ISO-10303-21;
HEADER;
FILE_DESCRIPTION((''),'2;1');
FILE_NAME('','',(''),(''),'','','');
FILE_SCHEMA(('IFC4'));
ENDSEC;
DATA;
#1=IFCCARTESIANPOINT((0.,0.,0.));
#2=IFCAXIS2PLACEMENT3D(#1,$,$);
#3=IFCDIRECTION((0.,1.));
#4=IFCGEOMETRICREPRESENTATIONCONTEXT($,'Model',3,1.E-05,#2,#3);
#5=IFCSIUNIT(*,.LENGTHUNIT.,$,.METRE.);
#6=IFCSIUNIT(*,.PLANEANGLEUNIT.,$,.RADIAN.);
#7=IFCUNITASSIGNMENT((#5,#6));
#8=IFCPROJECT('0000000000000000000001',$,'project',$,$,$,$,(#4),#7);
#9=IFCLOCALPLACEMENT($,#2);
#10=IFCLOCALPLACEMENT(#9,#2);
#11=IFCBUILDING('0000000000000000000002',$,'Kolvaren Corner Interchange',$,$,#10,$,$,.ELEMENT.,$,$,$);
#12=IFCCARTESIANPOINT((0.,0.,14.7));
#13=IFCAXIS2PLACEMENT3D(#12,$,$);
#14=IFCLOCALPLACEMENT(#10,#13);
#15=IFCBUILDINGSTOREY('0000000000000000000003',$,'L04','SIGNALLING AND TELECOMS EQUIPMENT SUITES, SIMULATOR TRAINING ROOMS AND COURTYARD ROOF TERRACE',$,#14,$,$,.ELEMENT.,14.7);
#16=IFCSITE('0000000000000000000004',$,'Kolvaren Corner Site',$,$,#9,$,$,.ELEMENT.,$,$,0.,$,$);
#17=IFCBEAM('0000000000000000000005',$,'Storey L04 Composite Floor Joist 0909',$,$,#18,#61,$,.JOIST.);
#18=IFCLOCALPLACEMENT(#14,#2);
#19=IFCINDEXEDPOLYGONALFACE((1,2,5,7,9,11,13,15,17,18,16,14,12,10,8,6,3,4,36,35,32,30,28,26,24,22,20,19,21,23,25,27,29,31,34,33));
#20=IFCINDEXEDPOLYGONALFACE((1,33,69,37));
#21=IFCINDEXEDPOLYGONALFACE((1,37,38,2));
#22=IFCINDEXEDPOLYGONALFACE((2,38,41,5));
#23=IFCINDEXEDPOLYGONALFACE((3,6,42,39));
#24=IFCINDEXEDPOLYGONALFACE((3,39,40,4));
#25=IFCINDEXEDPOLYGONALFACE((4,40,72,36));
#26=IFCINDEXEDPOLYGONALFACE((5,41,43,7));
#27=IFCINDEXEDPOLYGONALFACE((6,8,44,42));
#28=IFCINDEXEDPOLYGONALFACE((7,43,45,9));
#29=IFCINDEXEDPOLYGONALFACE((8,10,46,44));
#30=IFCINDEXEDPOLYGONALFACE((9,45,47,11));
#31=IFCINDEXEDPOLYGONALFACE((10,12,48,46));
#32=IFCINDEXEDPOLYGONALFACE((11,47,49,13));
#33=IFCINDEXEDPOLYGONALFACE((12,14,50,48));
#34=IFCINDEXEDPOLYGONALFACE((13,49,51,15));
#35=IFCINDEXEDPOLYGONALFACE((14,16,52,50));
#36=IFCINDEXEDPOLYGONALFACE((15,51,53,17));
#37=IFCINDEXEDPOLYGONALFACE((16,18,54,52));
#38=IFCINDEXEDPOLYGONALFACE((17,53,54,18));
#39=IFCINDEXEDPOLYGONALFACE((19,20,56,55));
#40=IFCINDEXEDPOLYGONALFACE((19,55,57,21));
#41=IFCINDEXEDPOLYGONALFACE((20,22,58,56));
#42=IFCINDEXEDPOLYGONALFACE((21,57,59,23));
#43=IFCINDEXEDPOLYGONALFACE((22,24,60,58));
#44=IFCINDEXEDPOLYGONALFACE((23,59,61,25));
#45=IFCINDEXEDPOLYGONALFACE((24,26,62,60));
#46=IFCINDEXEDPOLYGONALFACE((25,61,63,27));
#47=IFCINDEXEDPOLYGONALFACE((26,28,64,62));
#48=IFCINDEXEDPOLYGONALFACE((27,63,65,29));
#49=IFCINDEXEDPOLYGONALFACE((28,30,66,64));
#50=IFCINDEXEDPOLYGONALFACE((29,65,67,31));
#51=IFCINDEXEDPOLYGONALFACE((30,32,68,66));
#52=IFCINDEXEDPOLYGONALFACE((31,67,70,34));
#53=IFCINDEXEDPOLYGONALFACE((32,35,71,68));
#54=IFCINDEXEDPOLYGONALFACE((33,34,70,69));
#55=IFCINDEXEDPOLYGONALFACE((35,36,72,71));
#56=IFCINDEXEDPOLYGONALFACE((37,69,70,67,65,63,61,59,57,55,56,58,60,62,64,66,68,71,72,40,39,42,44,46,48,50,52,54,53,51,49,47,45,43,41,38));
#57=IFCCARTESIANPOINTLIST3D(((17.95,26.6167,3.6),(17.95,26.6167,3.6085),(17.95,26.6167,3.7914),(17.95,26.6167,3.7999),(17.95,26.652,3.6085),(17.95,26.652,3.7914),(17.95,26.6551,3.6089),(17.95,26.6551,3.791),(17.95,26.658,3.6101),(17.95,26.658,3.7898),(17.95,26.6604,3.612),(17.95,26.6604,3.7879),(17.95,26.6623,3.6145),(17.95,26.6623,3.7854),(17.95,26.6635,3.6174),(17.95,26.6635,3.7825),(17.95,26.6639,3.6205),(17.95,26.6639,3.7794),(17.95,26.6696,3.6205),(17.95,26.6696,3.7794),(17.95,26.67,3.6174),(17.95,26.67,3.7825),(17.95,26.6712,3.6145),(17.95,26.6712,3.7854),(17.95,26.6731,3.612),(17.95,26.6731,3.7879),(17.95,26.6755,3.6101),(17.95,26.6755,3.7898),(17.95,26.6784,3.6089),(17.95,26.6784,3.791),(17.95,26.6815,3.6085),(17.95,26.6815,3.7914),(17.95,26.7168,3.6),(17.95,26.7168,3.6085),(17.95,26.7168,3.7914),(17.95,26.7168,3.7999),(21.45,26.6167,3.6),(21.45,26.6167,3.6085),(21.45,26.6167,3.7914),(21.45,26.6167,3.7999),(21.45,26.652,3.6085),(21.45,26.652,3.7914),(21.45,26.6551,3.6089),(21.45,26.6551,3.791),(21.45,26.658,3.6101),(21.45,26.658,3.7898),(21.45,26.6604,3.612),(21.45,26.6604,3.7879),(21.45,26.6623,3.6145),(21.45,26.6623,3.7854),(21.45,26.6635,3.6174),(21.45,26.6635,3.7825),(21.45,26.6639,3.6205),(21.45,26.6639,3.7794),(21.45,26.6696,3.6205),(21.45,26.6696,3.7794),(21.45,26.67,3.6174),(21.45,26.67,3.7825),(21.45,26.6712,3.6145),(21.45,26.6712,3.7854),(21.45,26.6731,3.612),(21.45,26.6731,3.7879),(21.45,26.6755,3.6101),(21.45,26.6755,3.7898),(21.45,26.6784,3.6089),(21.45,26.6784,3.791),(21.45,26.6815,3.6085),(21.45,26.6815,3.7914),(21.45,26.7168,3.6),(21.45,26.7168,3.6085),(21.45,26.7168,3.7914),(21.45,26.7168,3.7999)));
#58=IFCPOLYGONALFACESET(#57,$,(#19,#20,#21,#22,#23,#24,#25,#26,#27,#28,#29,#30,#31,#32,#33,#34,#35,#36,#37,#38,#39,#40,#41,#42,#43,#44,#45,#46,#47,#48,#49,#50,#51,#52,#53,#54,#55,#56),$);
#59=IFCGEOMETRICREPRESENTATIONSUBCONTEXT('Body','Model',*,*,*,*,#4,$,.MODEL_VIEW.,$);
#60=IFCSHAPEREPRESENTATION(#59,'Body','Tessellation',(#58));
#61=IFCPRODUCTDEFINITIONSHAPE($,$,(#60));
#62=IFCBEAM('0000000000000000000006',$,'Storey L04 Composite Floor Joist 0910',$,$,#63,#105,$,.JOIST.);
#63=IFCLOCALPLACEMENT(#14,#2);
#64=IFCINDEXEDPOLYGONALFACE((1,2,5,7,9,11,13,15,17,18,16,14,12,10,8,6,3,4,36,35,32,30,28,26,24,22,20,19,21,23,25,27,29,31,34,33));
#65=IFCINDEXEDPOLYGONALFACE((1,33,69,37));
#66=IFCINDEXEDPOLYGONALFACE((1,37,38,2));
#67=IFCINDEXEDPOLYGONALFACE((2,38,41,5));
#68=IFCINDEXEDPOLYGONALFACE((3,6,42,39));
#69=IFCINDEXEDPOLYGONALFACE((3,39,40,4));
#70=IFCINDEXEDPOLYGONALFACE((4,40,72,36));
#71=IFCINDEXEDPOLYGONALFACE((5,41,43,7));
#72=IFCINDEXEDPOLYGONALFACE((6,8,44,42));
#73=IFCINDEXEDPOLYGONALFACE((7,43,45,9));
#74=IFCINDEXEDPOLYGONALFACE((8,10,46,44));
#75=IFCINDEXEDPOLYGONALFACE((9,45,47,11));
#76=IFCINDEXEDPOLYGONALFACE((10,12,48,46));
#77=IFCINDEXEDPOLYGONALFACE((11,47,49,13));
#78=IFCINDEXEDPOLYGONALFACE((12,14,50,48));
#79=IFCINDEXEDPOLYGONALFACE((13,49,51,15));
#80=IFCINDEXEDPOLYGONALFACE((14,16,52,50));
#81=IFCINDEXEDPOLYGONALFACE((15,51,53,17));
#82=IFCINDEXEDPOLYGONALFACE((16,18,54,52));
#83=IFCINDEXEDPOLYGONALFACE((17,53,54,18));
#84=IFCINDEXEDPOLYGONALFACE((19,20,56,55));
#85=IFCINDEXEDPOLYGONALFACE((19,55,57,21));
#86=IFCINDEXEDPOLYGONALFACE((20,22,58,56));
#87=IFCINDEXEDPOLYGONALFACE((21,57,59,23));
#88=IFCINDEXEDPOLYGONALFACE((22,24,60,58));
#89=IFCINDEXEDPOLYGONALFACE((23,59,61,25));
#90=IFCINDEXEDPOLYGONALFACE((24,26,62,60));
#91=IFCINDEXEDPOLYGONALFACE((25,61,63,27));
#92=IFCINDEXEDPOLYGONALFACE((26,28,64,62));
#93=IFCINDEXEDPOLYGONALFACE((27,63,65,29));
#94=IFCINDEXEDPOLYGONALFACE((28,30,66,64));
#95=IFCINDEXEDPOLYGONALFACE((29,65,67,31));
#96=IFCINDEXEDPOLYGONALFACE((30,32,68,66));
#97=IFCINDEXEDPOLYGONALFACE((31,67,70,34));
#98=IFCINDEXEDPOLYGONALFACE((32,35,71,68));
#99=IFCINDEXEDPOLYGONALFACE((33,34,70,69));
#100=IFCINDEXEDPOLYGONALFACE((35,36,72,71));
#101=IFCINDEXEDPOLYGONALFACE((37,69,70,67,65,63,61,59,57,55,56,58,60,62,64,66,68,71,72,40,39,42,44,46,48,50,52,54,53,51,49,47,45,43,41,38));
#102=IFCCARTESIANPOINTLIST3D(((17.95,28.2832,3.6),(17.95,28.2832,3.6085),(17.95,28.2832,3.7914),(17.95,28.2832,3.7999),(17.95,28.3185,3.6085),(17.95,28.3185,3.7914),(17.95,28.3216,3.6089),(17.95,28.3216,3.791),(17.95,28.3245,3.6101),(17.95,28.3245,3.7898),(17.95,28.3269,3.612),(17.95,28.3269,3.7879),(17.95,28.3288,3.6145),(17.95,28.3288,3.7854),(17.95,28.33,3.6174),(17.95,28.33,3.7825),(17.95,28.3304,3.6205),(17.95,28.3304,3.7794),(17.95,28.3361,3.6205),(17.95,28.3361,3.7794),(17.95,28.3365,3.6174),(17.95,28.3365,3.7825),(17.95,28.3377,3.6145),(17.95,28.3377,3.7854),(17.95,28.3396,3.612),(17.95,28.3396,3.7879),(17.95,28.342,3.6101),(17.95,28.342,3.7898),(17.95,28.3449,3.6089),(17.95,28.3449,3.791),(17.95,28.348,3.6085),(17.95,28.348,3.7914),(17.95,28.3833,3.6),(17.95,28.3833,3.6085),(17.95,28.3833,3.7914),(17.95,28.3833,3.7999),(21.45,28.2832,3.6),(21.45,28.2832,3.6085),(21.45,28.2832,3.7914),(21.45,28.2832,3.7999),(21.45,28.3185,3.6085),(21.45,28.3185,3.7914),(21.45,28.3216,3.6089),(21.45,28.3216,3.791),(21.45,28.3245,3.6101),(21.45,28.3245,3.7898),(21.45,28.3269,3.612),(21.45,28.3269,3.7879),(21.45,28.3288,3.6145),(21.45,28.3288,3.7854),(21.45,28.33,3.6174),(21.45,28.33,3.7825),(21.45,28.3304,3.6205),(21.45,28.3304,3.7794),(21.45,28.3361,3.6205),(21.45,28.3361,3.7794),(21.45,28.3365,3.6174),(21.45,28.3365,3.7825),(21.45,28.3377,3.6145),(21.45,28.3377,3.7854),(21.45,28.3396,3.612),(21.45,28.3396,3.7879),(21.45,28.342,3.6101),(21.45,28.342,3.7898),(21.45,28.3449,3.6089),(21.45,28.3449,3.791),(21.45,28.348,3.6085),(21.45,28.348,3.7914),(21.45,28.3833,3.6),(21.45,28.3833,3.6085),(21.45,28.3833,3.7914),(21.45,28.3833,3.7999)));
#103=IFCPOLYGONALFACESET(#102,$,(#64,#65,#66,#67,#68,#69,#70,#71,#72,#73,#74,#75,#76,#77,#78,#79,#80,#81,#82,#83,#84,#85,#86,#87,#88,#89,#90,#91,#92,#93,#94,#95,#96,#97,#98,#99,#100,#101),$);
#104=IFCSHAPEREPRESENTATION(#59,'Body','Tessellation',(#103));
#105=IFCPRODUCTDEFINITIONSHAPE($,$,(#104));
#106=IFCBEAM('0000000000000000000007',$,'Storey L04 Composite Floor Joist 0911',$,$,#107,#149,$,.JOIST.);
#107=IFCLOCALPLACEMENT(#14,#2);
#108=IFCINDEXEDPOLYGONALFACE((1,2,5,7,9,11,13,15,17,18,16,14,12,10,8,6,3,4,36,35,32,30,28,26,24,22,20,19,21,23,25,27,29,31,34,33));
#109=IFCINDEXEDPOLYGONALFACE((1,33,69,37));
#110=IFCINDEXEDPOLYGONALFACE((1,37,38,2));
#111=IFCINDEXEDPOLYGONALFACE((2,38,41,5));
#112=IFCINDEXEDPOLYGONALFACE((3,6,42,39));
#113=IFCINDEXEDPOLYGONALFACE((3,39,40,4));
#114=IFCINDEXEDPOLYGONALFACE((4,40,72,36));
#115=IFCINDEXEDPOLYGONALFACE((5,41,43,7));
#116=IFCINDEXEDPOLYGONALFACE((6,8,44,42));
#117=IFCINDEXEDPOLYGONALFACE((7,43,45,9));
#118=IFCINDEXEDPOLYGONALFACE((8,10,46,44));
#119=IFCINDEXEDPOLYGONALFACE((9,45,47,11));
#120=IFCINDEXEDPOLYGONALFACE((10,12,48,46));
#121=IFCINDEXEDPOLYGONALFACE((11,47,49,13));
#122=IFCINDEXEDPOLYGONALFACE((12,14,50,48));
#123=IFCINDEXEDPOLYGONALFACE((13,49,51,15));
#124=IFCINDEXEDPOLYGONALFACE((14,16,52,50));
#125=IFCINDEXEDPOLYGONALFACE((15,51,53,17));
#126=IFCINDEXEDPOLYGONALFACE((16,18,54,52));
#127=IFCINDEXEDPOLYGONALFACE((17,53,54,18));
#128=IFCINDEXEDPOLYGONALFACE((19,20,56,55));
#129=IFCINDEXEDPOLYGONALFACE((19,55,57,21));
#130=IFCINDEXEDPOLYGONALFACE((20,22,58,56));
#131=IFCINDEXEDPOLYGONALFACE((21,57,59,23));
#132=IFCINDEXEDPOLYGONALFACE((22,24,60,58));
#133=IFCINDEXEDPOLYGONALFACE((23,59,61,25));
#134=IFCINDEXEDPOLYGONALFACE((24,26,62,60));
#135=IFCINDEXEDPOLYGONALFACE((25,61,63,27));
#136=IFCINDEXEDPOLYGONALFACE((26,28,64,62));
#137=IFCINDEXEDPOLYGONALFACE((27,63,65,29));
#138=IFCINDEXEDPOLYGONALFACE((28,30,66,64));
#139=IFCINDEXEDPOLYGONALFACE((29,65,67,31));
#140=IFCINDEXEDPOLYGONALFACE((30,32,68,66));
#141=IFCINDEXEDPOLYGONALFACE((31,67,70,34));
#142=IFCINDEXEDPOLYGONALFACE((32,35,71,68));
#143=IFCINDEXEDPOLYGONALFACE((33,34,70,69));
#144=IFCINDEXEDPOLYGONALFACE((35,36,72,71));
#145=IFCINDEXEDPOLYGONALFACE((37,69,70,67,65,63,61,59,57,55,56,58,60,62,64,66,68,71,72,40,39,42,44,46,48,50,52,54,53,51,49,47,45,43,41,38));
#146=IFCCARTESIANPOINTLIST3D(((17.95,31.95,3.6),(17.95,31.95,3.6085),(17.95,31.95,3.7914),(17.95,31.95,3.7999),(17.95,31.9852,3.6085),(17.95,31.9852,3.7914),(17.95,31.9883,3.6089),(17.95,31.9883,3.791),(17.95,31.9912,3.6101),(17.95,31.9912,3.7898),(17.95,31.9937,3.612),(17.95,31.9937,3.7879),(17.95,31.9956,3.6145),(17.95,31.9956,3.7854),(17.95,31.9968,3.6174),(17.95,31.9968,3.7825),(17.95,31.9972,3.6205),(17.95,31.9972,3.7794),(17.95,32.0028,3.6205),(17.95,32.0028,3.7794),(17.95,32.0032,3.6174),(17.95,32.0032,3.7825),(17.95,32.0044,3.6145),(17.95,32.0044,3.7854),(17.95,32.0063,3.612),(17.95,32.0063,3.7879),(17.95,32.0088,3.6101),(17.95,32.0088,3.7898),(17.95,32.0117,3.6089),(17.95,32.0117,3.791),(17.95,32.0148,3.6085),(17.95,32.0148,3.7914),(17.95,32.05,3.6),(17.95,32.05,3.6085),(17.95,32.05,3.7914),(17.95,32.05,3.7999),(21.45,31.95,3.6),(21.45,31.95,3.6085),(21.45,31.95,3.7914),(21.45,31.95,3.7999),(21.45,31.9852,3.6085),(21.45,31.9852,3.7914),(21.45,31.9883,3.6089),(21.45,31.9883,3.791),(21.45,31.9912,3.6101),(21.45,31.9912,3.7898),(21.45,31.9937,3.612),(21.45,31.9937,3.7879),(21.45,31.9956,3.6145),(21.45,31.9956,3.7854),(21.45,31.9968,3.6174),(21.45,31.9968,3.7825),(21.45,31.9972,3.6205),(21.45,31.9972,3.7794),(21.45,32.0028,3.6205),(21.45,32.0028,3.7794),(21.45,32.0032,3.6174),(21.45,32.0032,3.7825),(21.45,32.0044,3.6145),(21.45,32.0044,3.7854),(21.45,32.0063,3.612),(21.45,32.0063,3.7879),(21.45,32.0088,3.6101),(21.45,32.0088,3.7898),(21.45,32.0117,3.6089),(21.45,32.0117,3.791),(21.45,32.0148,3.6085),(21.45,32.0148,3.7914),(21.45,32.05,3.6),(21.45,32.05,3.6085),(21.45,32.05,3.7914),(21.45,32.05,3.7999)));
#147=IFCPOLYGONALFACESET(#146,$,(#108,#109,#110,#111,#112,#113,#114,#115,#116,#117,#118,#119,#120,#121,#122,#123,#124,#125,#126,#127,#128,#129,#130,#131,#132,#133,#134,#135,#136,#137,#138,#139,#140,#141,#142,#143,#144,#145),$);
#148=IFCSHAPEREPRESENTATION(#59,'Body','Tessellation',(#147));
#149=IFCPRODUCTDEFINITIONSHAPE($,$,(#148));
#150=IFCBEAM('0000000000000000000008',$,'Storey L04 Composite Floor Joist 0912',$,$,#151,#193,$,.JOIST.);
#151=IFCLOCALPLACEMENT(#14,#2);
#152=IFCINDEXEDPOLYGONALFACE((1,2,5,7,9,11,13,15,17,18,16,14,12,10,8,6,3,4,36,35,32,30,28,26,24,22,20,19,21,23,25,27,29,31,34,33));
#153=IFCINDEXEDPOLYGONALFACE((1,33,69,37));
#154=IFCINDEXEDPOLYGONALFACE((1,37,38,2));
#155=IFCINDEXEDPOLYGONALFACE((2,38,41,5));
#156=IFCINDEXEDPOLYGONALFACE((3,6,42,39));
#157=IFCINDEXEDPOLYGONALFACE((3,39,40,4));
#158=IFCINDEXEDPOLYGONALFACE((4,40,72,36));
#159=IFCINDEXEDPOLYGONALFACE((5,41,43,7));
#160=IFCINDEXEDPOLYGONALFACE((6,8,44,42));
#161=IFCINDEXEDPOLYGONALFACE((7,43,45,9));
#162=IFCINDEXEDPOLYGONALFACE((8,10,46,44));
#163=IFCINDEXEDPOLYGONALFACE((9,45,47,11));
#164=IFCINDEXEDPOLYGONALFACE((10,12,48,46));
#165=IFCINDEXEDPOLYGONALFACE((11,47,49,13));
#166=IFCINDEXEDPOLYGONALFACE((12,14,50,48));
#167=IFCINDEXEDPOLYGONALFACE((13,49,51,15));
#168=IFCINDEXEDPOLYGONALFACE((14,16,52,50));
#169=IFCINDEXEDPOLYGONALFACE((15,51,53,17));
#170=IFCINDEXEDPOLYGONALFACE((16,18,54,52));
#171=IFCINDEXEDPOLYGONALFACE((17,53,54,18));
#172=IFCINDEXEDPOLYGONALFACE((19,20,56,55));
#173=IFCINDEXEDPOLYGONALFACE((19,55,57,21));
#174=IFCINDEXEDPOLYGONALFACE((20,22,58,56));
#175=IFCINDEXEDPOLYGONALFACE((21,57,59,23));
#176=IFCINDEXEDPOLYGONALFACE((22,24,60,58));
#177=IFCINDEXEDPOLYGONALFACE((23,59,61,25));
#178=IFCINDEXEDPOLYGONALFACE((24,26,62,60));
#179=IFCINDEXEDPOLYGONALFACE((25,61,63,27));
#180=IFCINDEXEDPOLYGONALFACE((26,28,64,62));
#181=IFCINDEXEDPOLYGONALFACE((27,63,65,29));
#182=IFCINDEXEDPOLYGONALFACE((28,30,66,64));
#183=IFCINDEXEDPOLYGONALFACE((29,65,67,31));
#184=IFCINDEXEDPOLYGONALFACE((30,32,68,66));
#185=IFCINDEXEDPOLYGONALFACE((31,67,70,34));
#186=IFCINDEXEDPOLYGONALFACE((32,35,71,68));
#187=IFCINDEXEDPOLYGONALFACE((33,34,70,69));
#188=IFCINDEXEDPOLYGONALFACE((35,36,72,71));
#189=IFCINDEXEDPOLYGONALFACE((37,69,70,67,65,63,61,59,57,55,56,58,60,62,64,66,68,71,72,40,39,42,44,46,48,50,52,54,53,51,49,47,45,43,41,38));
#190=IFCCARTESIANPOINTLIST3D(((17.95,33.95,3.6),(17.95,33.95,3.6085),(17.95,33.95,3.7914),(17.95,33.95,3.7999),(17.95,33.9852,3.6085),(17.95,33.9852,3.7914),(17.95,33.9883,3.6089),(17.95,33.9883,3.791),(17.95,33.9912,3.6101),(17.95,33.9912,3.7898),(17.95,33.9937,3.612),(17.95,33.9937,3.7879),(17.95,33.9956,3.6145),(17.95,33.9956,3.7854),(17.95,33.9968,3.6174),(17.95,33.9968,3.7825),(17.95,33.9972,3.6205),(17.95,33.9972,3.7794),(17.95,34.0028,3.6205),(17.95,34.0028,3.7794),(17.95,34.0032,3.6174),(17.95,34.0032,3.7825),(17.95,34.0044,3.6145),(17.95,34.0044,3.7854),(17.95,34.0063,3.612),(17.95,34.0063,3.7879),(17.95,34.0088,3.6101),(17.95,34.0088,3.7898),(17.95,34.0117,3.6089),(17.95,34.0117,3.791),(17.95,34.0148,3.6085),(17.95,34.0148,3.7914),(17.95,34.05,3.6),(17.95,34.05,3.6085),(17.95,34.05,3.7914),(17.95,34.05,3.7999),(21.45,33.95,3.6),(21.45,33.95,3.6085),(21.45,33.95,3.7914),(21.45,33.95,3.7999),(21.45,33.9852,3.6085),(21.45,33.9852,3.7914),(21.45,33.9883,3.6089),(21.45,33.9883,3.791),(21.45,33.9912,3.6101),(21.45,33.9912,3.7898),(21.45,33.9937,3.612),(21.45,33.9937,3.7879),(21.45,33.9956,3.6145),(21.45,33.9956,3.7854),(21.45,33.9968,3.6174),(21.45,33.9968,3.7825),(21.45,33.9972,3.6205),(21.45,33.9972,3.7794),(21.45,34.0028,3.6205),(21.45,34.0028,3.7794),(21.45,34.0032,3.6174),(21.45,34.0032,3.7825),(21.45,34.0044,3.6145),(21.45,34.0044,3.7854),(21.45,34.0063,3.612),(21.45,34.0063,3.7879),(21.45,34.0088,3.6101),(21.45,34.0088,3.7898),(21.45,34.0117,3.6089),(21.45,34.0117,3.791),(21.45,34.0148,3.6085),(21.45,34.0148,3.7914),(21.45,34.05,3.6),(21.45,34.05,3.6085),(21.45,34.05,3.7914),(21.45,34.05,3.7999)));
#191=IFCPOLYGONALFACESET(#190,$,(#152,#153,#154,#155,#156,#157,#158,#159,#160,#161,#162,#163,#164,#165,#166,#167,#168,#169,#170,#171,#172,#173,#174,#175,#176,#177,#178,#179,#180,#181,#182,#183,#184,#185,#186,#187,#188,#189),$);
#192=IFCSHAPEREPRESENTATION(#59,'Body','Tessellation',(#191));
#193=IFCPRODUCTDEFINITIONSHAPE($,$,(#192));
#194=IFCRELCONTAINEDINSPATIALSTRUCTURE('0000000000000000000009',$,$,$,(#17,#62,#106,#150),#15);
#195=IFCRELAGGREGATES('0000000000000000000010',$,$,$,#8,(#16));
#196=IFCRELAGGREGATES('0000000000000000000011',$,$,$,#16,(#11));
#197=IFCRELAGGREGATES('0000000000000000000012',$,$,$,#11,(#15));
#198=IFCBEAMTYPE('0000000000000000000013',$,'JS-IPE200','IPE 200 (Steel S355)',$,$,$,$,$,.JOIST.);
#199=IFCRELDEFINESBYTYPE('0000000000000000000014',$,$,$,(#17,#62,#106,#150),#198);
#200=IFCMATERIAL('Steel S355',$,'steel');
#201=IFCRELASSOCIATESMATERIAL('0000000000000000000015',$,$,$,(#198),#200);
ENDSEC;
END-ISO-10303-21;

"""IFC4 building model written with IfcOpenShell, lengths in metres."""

from ifc_helpers import new_model, si_unit, direction, frame, origin, origin_2d, place, context, subcontext, project, spatial, i_section, extrude, material, material_profile, profile_set, type_object, element, save


model = new_model("IFC4")

# Units and contexts
model_context = context("Model", 3, precision=1e-05, world=origin(), true_north=direction((0.0, 1.0)))
body_context = subcontext(model_context, "Body", "Model", "MODEL_VIEW")
ifc_project = project(units=[si_unit("LENGTHUNIT", "METRE"), si_unit("PLANEANGLEUNIT", "RADIAN")], contexts=[model_context])

# Site, building, storey
site_placement = place(None, origin())
site = spatial("IfcSite", under=ifc_project, at=site_placement, Name="Kolvaren Corner Site", CompositionType="ELEMENT", RefElevation=0.0)
building_placement = place(site_placement, origin())
building = spatial("IfcBuilding", under=site, at=building_placement, Name="Kolvaren Corner Interchange", CompositionType="ELEMENT")
storey_placement = place(building_placement, frame((0.0, 0.0, 14.7)))
storey = spatial("IfcBuildingStorey", under=building, at=storey_placement, Name="L04", Description="SIGNALLING AND TELECOMS EQUIPMENT SUITES, SIMULATOR TRAINING ROOMS AND COURTYARD ROOF TERRACE", CompositionType="ELEMENT", Elevation=14.7)

# Beams
ifc_material_1 = material(Name="Steel S355", Category="steel")
ifc_material_profile_1 = material_profile(ifc_material_1, i_section(OverallWidth=0.1001, OverallDepth=0.2, WebThickness=0.0056, FlangeThickness=0.0085, FilletRadius=0.012, at=origin_2d()), Name="IPE 200")
ifc_profile_set_1 = profile_set([ifc_material_profile_1], Name="Steel S355")
beam_type_1 = type_object("IfcBeamType", Name="JS-IPE200", Description="IPE 200 (Steel S355)", PredefinedType="JOIST", material=ifc_profile_set_1)
for number, where, z_axis, x_axis, name in (
    (1, (17.95, 26.6667, 3.7), (1.0, 0.0, 0.0), (0.0, 1.0, 0.0), "Storey L04 Composite Floor Joist 0909"),
    (2, (17.95, 28.3333, 3.7), (1.0, 0.0, 0.0), (0.0, 1.0, 0.0), "Storey L04 Composite Floor Joist 0910"),
    (3, (17.95, 32.0, 3.7), (1.0, 0.0, 0.0), (0.0, 1.0, 0.0), "Storey L04 Composite Floor Joist 0911"),
    (4, (17.95, 34.0, 3.7), (1.0, 0.0, 0.0), (0.0, 1.0, 0.0), "Storey L04 Composite Floor Joist 0912"),
):
    element("IfcBeam", number, at=place(storey_placement, frame(where, z_axis=z_axis, x_axis=x_axis)), inside=storey, type_object=beam_type_1, Name=name, PredefinedType="JOIST", context=body_context, shape_type="SweptSolid", body=[
        extrude(i_section(OverallWidth=0.1001, OverallDepth=0.2, WebThickness=0.0056, FlangeThickness=0.0085, FilletRadius=0.012, at=origin_2d()), origin(), (0.0, 0.0, 1.0), 3.5),
    ])

save(model, "model.ifc")
